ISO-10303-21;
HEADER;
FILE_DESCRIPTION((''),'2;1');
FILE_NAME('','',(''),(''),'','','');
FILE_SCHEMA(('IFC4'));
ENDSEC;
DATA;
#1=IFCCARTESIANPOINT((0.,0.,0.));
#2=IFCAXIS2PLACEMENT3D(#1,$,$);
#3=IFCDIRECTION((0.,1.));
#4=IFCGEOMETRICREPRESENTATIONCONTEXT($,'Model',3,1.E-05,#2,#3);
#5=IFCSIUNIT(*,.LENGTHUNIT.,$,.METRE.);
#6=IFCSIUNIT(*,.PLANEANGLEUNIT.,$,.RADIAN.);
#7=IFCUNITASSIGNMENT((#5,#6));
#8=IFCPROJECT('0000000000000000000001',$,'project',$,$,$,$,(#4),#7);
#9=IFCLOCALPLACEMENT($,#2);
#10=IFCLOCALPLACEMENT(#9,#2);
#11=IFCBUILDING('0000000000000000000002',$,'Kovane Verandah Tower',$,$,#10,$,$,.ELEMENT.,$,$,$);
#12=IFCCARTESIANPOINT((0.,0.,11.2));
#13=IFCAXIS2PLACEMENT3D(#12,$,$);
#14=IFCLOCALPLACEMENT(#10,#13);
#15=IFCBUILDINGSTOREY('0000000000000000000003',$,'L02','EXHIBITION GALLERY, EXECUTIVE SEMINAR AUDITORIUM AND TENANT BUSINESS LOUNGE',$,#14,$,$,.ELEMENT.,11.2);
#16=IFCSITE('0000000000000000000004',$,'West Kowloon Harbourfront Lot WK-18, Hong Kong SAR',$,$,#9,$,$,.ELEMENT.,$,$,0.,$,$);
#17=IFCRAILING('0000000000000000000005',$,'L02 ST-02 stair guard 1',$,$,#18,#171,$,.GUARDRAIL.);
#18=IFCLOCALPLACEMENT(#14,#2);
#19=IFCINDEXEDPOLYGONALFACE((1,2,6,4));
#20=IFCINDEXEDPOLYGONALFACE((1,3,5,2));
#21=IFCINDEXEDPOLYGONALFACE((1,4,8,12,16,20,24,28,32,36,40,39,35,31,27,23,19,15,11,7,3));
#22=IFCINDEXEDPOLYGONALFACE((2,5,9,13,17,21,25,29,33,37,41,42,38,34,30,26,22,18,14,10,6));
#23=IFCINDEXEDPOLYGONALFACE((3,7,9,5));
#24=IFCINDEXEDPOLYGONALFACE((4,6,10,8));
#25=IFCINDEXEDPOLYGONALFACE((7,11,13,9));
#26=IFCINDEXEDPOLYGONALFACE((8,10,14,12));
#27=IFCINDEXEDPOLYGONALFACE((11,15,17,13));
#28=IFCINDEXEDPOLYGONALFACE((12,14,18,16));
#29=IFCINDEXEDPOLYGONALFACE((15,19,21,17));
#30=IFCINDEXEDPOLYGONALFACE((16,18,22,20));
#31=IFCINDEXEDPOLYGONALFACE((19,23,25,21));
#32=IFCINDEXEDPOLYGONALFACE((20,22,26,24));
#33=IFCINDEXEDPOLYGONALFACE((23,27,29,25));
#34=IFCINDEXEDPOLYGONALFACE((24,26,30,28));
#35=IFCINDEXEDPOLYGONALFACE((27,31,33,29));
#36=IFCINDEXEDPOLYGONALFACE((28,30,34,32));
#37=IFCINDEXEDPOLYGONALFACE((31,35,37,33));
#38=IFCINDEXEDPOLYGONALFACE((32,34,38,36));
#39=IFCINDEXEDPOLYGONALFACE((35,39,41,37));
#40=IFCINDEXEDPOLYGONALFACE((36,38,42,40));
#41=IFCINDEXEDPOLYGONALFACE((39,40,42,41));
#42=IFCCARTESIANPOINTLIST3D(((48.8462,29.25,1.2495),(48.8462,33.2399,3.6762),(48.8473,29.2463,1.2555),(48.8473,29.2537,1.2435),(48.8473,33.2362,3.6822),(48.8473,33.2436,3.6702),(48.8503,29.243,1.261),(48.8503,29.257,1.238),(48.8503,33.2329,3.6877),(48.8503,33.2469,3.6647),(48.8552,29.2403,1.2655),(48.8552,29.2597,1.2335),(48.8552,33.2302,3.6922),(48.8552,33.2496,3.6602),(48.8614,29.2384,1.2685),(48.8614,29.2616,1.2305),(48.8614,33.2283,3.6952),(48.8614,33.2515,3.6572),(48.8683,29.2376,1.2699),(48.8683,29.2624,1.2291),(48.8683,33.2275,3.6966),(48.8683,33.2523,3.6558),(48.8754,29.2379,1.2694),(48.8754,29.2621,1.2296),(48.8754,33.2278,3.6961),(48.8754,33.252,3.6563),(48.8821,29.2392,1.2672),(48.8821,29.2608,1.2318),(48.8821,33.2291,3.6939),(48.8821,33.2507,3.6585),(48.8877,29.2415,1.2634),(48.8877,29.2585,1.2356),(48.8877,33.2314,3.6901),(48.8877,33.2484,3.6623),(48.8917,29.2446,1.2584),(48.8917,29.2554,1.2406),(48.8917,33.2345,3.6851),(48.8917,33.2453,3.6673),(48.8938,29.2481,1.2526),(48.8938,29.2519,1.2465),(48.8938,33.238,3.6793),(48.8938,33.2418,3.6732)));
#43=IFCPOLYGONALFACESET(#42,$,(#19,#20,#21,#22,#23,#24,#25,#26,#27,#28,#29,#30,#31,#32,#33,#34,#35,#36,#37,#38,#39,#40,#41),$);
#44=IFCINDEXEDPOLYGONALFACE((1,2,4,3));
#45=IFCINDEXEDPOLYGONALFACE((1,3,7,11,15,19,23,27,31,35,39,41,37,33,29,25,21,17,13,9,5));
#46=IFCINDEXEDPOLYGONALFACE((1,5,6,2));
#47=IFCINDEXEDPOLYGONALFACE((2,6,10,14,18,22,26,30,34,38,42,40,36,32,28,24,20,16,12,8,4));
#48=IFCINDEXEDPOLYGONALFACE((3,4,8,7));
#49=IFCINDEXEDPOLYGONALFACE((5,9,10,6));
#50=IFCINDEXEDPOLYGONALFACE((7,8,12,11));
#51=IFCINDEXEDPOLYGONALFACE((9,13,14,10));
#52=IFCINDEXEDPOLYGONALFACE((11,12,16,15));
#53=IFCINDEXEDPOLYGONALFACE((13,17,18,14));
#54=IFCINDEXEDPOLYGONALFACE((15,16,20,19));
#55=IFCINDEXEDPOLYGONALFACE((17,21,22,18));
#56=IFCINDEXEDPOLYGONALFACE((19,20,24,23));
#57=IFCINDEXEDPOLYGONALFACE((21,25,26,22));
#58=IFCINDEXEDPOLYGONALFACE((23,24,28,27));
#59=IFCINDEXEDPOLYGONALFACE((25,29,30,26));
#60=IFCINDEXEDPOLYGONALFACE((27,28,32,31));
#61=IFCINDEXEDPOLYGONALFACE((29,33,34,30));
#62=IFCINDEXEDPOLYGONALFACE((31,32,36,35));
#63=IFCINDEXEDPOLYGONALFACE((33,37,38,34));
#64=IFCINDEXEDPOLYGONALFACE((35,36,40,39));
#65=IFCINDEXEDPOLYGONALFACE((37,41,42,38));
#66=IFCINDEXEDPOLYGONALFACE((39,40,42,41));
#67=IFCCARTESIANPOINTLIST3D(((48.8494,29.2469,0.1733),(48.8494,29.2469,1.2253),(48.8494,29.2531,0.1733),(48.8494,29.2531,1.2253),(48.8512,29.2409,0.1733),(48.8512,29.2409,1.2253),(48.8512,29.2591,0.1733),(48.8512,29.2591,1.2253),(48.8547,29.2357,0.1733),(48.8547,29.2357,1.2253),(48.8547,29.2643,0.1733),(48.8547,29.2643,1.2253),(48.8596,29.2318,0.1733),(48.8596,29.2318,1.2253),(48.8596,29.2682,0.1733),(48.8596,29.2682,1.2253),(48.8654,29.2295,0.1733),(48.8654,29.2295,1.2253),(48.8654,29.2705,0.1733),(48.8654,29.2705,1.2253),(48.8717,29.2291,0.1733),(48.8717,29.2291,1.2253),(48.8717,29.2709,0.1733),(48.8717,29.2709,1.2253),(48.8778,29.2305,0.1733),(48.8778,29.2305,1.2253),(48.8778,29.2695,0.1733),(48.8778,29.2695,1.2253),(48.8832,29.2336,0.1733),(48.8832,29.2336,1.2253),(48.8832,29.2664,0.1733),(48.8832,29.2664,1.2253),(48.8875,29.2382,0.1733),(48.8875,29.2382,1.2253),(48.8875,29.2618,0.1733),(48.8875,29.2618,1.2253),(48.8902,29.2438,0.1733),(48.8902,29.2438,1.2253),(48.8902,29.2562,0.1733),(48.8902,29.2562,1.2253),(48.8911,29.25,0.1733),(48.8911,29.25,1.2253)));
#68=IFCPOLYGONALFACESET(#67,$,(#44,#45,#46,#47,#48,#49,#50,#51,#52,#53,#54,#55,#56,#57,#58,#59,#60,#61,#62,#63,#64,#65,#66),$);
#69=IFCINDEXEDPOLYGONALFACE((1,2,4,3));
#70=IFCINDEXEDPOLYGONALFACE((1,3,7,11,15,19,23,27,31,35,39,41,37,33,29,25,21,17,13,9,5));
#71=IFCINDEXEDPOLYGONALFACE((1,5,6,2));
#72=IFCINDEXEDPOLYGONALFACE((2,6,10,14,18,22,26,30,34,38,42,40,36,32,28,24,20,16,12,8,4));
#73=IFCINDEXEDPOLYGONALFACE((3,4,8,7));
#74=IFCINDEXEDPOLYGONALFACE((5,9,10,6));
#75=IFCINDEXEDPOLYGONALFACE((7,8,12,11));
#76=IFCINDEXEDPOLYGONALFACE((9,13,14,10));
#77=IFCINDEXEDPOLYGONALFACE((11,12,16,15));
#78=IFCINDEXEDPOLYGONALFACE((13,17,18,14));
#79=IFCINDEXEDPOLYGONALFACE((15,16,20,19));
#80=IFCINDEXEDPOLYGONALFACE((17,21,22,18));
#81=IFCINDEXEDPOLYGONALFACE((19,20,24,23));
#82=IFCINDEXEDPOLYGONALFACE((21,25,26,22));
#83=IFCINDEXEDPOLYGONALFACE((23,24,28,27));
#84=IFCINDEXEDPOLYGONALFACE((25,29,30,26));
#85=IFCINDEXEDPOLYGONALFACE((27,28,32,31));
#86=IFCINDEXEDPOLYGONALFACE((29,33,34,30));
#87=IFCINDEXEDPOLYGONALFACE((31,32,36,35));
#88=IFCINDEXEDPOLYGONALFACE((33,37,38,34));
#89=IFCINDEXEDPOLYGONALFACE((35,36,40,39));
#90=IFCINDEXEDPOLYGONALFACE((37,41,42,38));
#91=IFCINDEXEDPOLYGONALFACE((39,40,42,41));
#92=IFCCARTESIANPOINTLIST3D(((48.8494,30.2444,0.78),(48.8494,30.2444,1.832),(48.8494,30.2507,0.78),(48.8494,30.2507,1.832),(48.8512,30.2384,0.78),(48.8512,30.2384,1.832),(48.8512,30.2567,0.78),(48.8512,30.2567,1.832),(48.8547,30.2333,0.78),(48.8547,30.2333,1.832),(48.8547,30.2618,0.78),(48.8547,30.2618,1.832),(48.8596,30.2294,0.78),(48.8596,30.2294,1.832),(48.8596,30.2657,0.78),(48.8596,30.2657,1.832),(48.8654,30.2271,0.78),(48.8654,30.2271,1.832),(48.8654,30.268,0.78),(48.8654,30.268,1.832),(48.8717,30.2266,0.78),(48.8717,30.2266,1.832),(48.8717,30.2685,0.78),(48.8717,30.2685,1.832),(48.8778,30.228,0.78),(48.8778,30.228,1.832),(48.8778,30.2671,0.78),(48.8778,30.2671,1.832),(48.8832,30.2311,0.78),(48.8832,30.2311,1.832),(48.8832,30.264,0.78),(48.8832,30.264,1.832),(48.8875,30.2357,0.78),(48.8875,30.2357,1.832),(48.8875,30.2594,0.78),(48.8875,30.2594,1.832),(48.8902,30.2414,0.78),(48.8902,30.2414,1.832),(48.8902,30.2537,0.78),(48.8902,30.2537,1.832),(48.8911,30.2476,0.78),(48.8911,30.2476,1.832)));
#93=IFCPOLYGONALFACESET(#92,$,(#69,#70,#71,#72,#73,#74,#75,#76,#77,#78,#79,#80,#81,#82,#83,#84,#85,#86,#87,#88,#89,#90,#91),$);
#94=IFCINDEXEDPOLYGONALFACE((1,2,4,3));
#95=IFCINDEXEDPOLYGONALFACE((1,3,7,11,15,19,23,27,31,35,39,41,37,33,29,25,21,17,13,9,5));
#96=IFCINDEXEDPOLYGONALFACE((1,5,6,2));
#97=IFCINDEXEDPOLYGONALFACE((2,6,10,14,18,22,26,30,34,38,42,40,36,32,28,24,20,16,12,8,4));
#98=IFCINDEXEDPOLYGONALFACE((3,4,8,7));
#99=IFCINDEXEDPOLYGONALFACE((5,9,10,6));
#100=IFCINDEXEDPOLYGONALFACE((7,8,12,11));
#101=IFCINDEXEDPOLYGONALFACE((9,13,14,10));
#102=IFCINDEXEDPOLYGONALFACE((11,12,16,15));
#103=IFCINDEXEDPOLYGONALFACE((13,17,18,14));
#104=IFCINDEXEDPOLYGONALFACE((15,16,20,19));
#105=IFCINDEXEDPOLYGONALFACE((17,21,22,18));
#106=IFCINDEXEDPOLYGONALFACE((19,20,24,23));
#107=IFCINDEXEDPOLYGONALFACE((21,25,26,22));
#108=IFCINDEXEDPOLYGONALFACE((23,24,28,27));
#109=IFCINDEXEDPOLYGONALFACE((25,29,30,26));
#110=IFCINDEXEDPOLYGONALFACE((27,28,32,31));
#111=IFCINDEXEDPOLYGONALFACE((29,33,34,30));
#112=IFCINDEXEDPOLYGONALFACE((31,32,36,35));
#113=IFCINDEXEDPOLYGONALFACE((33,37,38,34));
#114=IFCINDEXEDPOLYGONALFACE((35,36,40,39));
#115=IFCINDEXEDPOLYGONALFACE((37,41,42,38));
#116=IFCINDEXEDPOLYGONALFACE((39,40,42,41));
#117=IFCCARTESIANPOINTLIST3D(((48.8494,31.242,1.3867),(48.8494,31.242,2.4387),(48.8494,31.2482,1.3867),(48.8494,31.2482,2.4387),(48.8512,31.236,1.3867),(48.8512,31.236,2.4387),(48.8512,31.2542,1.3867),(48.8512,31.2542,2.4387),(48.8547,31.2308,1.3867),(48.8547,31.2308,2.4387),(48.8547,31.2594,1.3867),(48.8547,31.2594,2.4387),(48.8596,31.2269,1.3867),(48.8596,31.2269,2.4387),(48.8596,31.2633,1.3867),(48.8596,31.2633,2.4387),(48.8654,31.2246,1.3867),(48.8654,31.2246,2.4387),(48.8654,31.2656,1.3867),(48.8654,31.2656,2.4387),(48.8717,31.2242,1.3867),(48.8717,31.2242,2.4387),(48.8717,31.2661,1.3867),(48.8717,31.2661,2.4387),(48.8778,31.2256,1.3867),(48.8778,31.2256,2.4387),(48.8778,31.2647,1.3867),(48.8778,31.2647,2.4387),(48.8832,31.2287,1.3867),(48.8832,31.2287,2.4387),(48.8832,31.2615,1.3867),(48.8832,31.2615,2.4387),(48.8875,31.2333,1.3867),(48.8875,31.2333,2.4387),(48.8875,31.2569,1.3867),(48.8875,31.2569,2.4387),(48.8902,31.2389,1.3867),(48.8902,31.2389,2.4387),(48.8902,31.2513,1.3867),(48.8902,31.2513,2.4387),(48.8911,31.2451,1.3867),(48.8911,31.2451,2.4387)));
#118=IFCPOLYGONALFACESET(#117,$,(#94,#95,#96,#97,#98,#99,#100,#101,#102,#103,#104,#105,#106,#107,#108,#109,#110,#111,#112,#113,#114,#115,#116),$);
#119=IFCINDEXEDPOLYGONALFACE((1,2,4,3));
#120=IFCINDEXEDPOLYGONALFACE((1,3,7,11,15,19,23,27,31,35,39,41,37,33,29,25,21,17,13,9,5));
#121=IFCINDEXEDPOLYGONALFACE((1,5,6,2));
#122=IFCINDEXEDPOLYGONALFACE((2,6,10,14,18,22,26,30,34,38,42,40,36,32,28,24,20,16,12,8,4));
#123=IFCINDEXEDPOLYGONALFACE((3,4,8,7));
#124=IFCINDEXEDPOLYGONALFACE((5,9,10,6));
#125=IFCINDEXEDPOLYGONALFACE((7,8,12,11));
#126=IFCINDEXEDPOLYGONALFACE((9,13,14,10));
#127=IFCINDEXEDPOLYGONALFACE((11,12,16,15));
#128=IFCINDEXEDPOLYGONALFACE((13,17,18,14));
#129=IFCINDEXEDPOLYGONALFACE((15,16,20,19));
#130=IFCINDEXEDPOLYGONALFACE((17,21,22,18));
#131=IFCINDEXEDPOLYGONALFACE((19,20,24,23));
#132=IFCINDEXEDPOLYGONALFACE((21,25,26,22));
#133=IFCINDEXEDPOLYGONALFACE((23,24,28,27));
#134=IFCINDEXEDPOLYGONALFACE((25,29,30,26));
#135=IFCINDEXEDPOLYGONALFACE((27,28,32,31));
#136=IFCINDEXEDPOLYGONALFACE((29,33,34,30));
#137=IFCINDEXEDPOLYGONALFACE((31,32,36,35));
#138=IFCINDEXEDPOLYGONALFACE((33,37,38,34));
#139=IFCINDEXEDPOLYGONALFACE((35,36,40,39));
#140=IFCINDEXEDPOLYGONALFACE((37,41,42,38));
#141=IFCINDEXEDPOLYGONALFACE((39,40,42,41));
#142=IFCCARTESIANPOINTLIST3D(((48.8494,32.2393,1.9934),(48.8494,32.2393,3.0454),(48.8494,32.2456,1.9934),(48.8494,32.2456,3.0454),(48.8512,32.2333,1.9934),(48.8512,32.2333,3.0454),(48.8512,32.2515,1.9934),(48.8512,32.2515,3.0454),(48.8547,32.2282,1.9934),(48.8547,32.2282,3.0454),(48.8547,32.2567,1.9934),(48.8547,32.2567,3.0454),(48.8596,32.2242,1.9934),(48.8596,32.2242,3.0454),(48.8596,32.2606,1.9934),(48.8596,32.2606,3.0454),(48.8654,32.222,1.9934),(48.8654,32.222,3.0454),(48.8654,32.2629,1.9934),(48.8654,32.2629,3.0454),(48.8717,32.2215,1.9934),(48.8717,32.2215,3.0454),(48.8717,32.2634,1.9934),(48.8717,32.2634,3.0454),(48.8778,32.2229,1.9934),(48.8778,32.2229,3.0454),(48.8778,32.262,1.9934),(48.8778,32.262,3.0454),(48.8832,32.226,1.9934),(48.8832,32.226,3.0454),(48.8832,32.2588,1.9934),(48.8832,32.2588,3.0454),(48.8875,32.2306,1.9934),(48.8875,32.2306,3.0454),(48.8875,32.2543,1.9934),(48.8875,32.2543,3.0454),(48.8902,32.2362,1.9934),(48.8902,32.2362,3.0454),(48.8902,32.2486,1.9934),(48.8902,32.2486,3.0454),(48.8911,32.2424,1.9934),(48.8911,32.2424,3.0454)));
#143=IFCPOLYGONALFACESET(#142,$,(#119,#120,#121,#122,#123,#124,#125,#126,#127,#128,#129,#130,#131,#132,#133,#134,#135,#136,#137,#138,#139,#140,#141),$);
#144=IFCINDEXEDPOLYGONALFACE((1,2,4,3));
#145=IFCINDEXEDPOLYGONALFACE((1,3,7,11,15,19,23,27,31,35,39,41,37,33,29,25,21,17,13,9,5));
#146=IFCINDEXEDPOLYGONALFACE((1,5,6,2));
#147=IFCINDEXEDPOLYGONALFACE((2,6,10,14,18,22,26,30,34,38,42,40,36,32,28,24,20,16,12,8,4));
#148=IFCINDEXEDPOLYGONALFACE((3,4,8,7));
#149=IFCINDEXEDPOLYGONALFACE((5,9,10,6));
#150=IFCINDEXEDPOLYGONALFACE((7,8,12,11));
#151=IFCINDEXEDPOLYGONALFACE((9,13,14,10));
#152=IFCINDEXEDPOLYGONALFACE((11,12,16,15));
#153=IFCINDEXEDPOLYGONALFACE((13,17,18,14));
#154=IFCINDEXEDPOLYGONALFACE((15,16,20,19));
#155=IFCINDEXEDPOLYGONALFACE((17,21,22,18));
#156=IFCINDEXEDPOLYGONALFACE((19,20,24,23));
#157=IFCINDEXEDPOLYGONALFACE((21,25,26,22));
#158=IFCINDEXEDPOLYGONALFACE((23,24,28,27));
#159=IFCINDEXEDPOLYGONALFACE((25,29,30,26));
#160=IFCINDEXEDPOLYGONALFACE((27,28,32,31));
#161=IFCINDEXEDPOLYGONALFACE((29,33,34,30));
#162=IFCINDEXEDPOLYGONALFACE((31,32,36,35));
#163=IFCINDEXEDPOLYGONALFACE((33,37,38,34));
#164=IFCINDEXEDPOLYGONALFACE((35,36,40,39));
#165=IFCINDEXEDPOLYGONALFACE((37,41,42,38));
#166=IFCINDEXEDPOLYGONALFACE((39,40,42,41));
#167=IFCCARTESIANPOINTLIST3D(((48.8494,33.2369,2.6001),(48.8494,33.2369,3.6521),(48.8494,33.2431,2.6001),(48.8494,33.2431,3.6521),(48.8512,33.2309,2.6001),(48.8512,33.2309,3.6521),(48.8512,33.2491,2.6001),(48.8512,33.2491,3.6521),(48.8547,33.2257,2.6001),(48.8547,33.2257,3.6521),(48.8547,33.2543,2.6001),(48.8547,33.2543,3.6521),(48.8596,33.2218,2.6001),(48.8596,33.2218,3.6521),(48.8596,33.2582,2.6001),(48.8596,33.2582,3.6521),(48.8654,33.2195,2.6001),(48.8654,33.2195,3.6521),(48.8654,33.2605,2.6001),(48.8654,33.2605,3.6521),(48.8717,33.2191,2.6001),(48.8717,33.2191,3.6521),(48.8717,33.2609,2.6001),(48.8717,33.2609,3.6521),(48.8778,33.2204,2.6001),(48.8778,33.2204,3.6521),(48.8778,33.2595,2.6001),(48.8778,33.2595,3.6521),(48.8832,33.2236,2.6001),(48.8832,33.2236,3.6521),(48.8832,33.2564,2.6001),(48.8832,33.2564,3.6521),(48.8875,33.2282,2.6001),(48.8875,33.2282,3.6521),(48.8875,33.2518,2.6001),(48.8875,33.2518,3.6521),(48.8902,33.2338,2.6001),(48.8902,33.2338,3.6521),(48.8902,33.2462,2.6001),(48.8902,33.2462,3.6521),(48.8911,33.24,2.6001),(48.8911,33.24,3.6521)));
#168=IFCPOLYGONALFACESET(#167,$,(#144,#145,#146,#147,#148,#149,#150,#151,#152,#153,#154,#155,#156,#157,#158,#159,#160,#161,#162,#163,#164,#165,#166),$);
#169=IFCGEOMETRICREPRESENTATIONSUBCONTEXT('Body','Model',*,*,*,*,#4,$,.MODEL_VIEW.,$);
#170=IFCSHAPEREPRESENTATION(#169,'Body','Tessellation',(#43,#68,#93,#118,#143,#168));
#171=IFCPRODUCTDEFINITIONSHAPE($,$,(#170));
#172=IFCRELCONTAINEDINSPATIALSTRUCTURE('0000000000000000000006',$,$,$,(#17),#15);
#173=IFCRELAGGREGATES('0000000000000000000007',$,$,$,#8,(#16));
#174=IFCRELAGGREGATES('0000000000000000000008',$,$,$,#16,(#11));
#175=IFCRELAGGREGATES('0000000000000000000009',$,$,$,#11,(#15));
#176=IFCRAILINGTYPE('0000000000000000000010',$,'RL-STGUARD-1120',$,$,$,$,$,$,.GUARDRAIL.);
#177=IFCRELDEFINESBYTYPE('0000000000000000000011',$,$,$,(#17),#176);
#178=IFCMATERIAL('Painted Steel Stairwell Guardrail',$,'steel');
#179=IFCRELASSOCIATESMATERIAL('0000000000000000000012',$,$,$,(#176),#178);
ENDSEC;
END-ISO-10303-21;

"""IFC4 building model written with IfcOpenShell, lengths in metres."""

from ifc_helpers import new_model, si_unit, direction, frame, origin, origin_2d, place, context, subcontext, project, spatial, circle, extrude, material, type_object, element, save


model = new_model("IFC4")

# Units and contexts
model_context = context("Model", 3, precision=1e-05, world=origin(), true_north=direction((0.0, 1.0)))
body_context = subcontext(model_context, "Body", "Model", "MODEL_VIEW")
ifc_project = project(units=[si_unit("LENGTHUNIT", "METRE"), si_unit("PLANEANGLEUNIT", "RADIAN")], contexts=[model_context])

# Site, building, storey
site_placement = place(None, origin())
site = spatial("IfcSite", under=ifc_project, at=site_placement, Name="West Kowloon Harbourfront Lot WK-18, Hong Kong SAR", CompositionType="ELEMENT", RefElevation=0.0)
building_placement = place(site_placement, origin())
building = spatial("IfcBuilding", under=site, at=building_placement, Name="Kovane Verandah Tower", CompositionType="ELEMENT")
storey_placement = place(building_placement, frame((0.0, 0.0, 11.2)))
storey = spatial("IfcBuildingStorey", under=building, at=storey_placement, Name="L02", Description="EXHIBITION GALLERY, EXECUTIVE SEMINAR AUDITORIUM AND TENANT BUSINESS LOUNGE", CompositionType="ELEMENT", Elevation=11.2)

# Railing
ifc_material_1 = material(Name="Painted Steel Stairwell Guardrail", Category="steel")
railing_type_1 = type_object("IfcRailingType", Name="RL-STGUARD-1120", PredefinedType="GUARDRAIL", material=ifc_material_1)
railing_1_placement = place(storey_placement, frame((48.8701, 29.25, 0.1733)))
element("IfcRailing", 1, at=railing_1_placement, inside=storey, type_object=railing_type_1, Name="L02 ST-02 stair guard 1", PredefinedType="GUARDRAIL", context=body_context, shape_type="SweptSolid", body=[
    extrude(circle(Radius=0.0239, at=origin_2d()), frame((0.0, 0.0, 1.0762), z_axis=(0.0, 0.854382, 0.519645), x_axis=(-1.0, 0.0, 0.0)), (0.0, 0.0, 1.0), 4.6699),
    extrude(circle(Radius=0.021, at=origin_2d()), origin(), (0.0, 0.0, 1.0), 1.052),
    extrude(circle(Radius=0.021, at=origin_2d()), frame((0.0, 0.9976, 0.6067)), (0.0, 0.0, 1.0), 1.052),
    extrude(circle(Radius=0.021, at=origin_2d()), frame((0.0, 1.9951, 1.2134)), (0.0, 0.0, 1.0), 1.052),
    extrude(circle(Radius=0.021, at=origin_2d()), frame((0.0, 2.9924, 1.8201)), (0.0, 0.0, 1.0), 1.052),
    extrude(circle(Radius=0.021, at=origin_2d()), frame((0.0, 3.99, 2.4268)), (0.0, 0.0, 1.0), 1.052),
])

save(model, "model.ifc")
